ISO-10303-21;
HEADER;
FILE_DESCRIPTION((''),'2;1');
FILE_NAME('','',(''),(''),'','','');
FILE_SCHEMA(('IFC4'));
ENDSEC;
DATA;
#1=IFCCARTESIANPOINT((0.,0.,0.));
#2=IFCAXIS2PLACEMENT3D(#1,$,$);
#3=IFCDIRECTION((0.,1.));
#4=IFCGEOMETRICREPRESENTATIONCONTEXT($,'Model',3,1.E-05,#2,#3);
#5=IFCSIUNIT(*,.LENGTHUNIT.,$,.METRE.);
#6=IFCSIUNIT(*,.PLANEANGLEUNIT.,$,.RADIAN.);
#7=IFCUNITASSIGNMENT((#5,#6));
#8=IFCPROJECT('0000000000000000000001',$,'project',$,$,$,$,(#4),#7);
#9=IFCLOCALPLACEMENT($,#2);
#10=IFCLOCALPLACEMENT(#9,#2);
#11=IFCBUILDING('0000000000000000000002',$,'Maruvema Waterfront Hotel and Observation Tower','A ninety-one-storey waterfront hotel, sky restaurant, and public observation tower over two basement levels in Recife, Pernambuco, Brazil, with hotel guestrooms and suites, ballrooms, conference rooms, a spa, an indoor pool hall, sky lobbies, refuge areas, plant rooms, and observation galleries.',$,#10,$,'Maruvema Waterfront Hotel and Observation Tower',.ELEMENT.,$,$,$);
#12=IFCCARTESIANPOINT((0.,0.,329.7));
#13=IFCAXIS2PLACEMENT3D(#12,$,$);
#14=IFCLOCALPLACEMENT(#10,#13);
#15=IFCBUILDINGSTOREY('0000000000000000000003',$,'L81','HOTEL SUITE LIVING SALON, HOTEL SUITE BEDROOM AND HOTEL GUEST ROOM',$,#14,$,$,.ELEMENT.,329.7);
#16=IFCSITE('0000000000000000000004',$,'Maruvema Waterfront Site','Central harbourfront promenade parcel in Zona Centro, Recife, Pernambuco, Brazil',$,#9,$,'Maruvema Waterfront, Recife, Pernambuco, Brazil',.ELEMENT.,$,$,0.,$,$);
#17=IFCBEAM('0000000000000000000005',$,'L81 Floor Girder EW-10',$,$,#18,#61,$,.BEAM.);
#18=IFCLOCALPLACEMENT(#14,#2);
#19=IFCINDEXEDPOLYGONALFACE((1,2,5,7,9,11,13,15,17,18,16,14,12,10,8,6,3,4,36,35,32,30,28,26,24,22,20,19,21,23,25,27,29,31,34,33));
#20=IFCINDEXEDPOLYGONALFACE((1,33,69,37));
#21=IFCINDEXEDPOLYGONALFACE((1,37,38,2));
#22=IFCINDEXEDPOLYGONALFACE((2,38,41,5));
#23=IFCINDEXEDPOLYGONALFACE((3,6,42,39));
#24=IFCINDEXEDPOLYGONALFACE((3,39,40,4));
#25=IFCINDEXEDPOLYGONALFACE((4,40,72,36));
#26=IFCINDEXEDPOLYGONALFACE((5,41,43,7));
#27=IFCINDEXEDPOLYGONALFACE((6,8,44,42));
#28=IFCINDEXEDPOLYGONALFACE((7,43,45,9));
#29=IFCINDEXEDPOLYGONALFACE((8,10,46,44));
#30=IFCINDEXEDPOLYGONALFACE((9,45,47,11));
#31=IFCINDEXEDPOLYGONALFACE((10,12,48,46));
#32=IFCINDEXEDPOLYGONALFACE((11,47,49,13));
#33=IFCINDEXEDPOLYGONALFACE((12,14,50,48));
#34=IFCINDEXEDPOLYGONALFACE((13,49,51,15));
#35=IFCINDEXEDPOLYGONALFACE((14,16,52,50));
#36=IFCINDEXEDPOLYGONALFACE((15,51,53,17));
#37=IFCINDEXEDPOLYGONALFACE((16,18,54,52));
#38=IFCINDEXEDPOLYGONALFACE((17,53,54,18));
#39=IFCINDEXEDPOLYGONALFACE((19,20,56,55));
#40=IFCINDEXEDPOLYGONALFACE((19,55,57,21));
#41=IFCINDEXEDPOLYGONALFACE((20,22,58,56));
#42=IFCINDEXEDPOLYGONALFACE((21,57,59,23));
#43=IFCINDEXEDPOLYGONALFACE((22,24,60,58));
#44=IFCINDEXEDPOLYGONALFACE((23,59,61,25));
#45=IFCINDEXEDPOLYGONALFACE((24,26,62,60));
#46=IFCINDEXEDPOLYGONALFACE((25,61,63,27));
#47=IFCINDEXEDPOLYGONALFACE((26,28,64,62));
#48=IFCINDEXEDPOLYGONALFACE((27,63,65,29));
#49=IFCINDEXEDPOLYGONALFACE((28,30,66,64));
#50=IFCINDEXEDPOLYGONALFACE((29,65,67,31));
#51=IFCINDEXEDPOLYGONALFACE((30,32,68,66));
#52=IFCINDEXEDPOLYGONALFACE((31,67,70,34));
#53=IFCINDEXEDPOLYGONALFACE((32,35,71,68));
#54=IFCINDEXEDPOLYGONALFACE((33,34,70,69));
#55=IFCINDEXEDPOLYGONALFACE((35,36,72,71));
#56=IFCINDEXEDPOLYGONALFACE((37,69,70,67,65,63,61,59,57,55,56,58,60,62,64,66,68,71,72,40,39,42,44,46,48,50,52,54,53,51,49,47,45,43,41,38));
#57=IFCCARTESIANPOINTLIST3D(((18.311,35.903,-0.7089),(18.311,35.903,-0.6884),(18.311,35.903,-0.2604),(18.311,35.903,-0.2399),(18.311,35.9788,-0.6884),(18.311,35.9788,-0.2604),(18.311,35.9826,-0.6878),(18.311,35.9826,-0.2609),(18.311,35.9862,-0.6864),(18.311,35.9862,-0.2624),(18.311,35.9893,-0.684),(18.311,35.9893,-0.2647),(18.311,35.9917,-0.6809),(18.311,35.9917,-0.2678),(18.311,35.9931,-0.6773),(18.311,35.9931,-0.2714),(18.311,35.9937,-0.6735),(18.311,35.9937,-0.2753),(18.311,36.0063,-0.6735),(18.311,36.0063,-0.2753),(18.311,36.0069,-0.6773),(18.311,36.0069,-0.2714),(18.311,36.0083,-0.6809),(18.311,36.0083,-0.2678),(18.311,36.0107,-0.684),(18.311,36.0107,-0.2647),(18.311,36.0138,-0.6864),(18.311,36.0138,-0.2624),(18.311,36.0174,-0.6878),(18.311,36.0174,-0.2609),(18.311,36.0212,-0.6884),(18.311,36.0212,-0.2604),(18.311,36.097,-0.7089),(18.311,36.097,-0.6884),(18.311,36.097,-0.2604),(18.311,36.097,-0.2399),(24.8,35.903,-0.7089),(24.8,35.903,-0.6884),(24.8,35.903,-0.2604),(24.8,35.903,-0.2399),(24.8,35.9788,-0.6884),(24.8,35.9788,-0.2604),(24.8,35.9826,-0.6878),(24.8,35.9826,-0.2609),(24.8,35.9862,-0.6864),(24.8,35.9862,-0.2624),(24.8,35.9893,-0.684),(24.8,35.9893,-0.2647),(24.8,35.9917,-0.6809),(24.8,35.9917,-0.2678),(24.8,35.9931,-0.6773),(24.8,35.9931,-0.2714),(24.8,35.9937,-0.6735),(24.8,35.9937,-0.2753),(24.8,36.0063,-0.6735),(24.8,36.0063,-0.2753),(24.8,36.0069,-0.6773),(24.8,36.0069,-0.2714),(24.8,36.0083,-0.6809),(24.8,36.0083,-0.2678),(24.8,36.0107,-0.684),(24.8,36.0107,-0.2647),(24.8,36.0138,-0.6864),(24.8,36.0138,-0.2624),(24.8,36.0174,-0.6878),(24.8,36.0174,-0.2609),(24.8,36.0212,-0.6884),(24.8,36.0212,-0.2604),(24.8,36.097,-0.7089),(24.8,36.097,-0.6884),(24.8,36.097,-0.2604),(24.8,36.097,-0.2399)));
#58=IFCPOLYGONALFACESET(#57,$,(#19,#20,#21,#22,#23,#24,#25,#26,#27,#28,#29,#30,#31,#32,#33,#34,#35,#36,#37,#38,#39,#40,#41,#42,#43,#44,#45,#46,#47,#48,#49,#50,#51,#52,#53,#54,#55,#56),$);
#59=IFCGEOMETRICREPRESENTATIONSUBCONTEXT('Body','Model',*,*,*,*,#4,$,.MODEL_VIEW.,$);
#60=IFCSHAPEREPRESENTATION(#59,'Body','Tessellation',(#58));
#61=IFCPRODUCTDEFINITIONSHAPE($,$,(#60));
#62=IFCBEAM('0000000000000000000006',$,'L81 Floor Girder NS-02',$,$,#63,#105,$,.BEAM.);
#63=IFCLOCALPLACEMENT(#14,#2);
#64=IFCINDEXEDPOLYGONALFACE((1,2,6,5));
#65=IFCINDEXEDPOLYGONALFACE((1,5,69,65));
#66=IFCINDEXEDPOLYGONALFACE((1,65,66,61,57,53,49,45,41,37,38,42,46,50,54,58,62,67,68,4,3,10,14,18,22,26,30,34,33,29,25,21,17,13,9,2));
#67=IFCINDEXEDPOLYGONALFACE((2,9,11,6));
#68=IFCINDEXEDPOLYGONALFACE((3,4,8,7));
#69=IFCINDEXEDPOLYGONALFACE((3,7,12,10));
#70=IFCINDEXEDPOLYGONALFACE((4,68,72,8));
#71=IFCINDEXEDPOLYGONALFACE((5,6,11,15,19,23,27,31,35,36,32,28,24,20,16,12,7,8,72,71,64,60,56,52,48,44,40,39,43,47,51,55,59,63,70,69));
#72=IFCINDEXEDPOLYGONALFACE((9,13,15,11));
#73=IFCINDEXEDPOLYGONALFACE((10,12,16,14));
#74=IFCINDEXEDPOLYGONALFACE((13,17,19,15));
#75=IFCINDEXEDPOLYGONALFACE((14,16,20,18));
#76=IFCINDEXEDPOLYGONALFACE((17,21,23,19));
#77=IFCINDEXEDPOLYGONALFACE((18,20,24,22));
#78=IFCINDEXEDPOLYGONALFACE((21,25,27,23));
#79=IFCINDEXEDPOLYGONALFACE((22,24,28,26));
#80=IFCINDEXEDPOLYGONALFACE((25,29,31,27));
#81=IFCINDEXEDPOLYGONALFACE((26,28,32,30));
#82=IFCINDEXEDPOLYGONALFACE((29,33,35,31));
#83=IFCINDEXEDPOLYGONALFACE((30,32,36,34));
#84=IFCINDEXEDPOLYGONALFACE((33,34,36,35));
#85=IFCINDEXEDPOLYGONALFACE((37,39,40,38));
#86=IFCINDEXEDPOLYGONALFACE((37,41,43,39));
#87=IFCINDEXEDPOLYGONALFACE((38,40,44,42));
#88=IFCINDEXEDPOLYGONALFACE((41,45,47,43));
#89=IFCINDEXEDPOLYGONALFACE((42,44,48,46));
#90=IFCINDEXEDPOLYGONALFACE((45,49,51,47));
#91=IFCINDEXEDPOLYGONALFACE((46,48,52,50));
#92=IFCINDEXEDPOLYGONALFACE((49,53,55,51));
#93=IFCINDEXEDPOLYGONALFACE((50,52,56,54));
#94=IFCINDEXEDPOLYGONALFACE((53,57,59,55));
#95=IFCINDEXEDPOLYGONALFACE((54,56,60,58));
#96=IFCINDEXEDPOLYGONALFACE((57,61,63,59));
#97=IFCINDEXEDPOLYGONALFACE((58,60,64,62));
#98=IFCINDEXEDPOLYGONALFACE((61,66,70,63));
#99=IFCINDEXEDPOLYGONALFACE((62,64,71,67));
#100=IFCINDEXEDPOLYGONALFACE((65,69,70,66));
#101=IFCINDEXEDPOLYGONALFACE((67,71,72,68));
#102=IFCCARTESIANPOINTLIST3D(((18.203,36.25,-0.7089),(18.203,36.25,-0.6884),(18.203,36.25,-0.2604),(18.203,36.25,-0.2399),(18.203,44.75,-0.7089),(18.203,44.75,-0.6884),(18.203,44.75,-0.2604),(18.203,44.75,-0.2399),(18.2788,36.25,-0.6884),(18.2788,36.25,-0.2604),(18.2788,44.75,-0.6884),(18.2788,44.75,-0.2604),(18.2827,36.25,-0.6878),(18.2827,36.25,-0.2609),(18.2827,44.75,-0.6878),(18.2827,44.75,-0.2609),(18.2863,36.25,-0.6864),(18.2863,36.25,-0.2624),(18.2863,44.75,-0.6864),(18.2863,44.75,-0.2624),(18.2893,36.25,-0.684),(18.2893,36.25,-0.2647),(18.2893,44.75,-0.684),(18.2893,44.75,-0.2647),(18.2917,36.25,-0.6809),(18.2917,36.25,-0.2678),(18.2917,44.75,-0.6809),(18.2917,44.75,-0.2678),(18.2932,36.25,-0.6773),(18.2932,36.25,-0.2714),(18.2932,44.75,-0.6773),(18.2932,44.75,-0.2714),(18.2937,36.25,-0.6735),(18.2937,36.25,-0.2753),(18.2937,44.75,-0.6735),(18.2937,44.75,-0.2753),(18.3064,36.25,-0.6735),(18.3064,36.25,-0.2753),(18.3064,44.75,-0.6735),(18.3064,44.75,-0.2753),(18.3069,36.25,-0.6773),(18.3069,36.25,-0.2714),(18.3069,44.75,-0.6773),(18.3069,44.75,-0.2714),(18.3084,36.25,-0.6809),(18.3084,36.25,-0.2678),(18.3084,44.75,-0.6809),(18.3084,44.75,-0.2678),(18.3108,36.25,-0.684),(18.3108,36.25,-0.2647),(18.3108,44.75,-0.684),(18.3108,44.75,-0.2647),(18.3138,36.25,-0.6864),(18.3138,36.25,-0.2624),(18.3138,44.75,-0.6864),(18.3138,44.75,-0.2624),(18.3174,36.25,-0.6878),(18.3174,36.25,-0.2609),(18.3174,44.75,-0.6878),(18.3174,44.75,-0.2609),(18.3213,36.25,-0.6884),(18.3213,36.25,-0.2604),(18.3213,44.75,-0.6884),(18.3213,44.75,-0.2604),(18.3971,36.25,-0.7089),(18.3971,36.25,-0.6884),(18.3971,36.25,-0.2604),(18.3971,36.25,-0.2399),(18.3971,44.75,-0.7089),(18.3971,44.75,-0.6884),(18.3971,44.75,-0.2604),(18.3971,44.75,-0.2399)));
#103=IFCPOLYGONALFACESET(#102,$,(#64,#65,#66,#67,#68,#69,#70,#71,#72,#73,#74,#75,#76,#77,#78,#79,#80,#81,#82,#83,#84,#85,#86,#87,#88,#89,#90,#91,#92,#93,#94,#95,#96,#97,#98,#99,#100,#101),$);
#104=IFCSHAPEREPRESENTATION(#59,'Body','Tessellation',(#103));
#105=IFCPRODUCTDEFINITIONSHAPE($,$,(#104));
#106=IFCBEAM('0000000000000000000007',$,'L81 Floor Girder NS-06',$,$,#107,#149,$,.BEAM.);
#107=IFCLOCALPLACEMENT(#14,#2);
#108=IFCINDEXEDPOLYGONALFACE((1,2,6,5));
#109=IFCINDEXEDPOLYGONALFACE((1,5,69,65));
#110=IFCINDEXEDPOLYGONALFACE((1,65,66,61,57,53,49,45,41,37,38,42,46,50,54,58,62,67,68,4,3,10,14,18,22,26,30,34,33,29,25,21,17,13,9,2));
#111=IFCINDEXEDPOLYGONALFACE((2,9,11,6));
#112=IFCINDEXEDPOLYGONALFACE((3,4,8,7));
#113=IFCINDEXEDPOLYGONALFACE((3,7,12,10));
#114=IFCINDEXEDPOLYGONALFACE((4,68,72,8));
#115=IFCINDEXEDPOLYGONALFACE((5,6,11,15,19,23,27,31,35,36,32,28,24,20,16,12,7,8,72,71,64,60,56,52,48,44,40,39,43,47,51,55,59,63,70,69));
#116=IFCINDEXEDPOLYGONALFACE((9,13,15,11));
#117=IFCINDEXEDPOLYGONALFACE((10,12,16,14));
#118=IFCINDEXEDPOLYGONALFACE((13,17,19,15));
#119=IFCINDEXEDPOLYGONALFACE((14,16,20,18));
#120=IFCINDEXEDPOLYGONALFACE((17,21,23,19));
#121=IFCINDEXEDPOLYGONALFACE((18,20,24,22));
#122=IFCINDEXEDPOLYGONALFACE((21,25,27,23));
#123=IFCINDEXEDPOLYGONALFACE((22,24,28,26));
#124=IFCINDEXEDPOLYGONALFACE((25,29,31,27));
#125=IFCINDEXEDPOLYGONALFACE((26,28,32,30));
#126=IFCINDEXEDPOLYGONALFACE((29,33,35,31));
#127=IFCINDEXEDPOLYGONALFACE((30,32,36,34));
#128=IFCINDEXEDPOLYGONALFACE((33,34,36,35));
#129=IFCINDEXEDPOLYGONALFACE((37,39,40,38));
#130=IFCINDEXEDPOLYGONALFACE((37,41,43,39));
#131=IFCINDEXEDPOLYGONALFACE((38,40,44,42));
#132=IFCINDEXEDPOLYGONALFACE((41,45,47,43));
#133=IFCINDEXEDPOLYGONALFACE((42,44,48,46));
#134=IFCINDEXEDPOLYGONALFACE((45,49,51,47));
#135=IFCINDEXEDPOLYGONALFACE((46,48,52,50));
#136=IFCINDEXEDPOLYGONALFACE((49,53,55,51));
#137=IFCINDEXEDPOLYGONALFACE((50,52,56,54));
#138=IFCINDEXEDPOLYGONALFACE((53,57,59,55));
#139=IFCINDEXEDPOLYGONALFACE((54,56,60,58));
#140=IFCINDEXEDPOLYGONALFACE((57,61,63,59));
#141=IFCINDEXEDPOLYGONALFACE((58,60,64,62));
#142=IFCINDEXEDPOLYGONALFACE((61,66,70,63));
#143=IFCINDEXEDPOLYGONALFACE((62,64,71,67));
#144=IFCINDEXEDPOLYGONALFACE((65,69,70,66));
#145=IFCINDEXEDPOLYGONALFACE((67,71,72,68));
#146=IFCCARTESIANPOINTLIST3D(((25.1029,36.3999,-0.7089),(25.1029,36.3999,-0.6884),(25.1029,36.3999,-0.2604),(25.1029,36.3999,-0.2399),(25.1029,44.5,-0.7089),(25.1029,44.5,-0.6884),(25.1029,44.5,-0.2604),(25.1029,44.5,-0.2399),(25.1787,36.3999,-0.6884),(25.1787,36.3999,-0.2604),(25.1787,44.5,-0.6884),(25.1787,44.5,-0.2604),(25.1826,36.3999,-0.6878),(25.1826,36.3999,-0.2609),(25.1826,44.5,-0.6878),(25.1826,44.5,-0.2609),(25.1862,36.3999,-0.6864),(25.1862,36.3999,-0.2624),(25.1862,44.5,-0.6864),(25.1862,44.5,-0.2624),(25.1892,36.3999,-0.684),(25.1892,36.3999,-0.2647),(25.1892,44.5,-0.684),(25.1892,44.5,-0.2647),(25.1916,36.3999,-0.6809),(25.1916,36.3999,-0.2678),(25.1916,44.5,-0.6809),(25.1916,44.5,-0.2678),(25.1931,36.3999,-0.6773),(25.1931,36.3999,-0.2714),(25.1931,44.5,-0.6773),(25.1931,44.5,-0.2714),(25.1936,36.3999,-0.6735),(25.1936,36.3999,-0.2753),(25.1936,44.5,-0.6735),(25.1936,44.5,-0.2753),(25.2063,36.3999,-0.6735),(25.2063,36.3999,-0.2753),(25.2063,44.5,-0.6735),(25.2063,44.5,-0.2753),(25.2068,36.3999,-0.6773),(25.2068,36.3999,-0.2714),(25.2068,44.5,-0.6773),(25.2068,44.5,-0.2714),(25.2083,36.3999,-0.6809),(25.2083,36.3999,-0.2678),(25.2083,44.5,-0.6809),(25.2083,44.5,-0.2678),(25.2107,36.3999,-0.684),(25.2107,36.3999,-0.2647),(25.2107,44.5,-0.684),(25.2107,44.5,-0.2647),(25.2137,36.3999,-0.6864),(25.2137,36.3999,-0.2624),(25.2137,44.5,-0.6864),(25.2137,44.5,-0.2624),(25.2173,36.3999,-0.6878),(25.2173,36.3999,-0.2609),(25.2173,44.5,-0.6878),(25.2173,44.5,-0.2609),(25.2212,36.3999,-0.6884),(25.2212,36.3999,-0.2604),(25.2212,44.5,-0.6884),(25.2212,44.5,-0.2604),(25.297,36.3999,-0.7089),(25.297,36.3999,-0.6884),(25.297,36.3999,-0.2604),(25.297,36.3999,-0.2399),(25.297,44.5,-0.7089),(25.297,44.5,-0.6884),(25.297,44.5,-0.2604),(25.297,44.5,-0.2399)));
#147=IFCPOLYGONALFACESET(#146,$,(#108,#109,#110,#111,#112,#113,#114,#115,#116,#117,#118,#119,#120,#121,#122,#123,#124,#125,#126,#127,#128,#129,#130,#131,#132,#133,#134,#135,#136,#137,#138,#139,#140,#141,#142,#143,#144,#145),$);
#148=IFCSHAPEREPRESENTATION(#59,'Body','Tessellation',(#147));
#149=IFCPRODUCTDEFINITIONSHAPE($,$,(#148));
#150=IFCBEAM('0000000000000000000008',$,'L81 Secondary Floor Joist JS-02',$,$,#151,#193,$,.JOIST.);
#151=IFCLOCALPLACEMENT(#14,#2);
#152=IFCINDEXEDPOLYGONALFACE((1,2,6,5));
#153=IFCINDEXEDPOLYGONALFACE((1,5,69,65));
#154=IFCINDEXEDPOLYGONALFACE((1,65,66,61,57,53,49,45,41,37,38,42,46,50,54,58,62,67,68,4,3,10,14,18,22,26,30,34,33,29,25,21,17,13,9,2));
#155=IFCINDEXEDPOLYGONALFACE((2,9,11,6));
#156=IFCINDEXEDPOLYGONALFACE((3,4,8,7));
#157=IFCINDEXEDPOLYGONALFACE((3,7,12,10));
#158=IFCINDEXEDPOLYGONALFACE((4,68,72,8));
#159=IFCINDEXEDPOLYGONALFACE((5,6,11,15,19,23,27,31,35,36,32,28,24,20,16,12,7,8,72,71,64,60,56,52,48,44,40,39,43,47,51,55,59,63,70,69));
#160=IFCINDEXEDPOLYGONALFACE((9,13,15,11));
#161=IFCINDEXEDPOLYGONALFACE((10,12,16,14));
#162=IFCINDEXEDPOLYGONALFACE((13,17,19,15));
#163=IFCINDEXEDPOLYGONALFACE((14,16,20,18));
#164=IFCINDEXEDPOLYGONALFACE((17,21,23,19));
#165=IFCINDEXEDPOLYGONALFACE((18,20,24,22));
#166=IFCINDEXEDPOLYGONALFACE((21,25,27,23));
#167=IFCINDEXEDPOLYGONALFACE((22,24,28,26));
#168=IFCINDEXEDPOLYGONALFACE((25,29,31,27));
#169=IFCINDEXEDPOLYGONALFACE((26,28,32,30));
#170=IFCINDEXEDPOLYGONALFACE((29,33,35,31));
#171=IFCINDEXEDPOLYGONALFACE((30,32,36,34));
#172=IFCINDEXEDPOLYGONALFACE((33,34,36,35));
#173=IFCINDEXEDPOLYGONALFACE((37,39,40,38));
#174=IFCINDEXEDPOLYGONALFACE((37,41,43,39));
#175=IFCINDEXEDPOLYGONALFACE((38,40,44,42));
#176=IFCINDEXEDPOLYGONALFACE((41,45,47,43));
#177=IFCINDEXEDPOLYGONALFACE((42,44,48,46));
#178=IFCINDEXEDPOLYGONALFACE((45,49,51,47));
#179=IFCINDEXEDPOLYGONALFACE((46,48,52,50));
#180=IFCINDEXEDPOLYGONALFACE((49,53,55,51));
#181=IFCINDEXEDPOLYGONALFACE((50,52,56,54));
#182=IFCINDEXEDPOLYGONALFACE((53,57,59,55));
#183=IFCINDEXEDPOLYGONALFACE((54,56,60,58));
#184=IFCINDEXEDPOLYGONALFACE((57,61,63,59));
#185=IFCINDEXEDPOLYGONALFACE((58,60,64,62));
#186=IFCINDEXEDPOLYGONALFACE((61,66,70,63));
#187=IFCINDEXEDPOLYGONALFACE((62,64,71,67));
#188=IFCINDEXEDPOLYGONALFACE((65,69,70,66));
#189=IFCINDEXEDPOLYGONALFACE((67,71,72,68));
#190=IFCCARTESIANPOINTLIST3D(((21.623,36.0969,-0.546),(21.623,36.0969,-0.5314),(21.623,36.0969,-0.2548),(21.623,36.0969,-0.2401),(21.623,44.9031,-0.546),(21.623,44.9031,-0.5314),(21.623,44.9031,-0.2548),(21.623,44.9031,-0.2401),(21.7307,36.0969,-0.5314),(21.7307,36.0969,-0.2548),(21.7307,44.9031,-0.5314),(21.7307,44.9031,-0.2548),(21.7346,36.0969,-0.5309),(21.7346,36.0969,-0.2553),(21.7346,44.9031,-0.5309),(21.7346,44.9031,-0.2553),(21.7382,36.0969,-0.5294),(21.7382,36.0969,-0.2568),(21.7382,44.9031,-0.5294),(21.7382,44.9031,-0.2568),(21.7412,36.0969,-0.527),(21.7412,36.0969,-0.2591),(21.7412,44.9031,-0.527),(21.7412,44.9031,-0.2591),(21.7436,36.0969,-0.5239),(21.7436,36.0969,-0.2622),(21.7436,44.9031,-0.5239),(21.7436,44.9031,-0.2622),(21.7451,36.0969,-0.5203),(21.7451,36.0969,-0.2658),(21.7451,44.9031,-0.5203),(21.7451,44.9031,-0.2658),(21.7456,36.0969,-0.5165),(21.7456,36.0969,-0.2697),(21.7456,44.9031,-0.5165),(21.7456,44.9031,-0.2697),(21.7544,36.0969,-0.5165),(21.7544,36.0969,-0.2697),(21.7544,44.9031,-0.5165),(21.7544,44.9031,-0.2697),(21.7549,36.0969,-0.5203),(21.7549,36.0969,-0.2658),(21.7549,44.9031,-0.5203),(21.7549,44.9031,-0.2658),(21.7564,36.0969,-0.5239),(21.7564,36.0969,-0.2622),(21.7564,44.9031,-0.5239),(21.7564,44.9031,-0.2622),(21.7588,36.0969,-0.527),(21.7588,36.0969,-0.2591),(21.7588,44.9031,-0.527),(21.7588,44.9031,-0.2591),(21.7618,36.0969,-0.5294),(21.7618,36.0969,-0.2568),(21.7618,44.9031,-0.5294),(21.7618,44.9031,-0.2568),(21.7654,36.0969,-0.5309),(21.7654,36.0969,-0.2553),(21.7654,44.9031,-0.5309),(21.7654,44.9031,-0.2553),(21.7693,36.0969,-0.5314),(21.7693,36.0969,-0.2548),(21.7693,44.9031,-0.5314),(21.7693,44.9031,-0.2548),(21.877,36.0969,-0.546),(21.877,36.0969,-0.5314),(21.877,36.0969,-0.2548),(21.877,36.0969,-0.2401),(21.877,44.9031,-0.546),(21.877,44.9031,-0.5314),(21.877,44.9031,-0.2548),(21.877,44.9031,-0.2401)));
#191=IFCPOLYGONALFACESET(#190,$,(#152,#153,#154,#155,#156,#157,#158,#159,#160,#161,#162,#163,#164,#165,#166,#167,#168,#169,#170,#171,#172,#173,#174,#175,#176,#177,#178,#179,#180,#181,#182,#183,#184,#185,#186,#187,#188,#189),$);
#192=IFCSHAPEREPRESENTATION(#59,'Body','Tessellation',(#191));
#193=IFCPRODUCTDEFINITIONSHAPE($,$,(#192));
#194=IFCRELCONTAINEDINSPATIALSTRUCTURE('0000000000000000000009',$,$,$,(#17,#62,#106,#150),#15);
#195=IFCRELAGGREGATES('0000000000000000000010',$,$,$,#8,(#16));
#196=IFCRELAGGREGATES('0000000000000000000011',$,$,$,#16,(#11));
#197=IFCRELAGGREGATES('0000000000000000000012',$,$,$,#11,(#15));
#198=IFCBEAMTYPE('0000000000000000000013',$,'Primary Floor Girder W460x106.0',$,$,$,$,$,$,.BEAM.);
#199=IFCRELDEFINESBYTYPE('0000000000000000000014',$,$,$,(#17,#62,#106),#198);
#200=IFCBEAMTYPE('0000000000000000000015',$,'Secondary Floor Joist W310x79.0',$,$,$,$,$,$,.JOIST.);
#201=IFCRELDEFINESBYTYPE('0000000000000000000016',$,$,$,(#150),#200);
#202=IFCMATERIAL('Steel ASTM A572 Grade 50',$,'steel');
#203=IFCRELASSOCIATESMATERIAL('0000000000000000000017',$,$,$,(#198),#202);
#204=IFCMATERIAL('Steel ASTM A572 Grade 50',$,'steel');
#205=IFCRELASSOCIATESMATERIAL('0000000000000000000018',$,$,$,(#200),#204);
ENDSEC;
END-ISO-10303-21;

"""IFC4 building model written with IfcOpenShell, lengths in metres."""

from ifc_helpers import new_model, si_unit, direction, frame, origin, origin_2d, place, context, subcontext, project, spatial, i_section, extrude, material, material_profile, profile_set, type_object, element, save


model = new_model("IFC4")

# Units and contexts
model_context = context("Model", 3, precision=1e-05, world=origin(), true_north=direction((0.0, 1.0)))
body_context = subcontext(model_context, "Body", "Model", "MODEL_VIEW")
ifc_project = project(units=[si_unit("LENGTHUNIT", "METRE"), si_unit("PLANEANGLEUNIT", "RADIAN")], contexts=[model_context])

# Site, building, storey
site_placement = place(None, origin())
site = spatial("IfcSite", under=ifc_project, at=site_placement, Name="Maruvema Waterfront Site", Description="Central harbourfront promenade parcel in Zona Centro, Recife, Pernambuco, Brazil", LongName="Maruvema Waterfront, Recife, Pernambuco, Brazil", CompositionType="ELEMENT", RefElevation=0.0)
building_placement = place(site_placement, origin())
building = spatial("IfcBuilding", under=site, at=building_placement, Name="Maruvema Waterfront Hotel and Observation Tower", Description="A ninety-one-storey waterfront hotel, sky restaurant, and public observation tower over two basement levels in Recife, Pernambuco, Brazil, with hotel guestrooms and suites, ballrooms, conference rooms, a spa, an indoor pool hall, sky lobbies, refuge areas, plant rooms, and observation galleries.", LongName="Maruvema Waterfront Hotel and Observation Tower", CompositionType="ELEMENT")
storey_placement = place(building_placement, frame((0.0, 0.0, 329.7)))
storey = spatial("IfcBuildingStorey", under=building, at=storey_placement, Name="L81", Description="HOTEL SUITE LIVING SALON, HOTEL SUITE BEDROOM AND HOTEL GUEST ROOM", CompositionType="ELEMENT", Elevation=329.7)

# Beams
ifc_material_1 = material(Name="Steel ASTM A572 Grade 50", Category="steel")
ifc_material_profile_1 = material_profile(ifc_material_1, i_section(OverallWidth=0.1941, OverallDepth=0.469, WebThickness=0.0127, FlangeThickness=0.0205, FilletRadius=0.0149, at=origin_2d()), Name="W460x106.0")
ifc_profile_set_1 = profile_set([ifc_material_profile_1], Name="Steel ASTM A572 Grade 50")
beam_type_1 = type_object("IfcBeamType", Name="Primary Floor Girder W460x106.0", PredefinedType="BEAM", material=ifc_profile_set_1)
beam_1_placement = place(storey_placement, frame((18.311, 36.0, -0.4744), z_axis=(1.0, 0.0, 0.0), x_axis=(0.0, 1.0, 0.0)))
element("IfcBeam", 1, at=beam_1_placement, inside=storey, type_object=beam_type_1, Name="L81 Floor Girder EW-10", PredefinedType="BEAM", context=body_context, shape_type="SweptSolid", body=[
    extrude(i_section(OverallWidth=0.1941, OverallDepth=0.469, WebThickness=0.0127, FlangeThickness=0.0205, FilletRadius=0.0149, at=origin_2d()), origin(), (0.0, 0.0, 1.0), 6.489),
])
beam_2_placement = place(storey_placement, frame((18.3, 36.25, -0.4744), z_axis=(0.0, 1.0, 0.0), x_axis=(-1.0, 0.0, 0.0)))
element("IfcBeam", 2, at=beam_2_placement, inside=storey, type_object=beam_type_1, Name="L81 Floor Girder NS-02", PredefinedType="BEAM", context=body_context, shape_type="SweptSolid", body=[
    extrude(i_section(OverallWidth=0.1941, OverallDepth=0.469, WebThickness=0.0127, FlangeThickness=0.0205, FilletRadius=0.0149, at=origin_2d()), origin(), (0.0, 0.0, 1.0), 8.5),
])
beam_3_placement = place(storey_placement, frame((25.2, 36.3999, -0.4744), z_axis=(0.0, 1.0, 0.0), x_axis=(-1.0, 0.0, 0.0)))
element("IfcBeam", 3, at=beam_3_placement, inside=storey, type_object=beam_type_1, Name="L81 Floor Girder NS-06", PredefinedType="BEAM", context=body_context, shape_type="SweptSolid", body=[
    extrude(i_section(OverallWidth=0.1941, OverallDepth=0.469, WebThickness=0.0127, FlangeThickness=0.0205, FilletRadius=0.0149, at=origin_2d()), origin(), (0.0, 0.0, 1.0), 8.1001),
])
ifc_material_2 = material(Name="Steel ASTM A572 Grade 50", Category="steel")
ifc_material_profile_2 = material_profile(ifc_material_2, i_section(OverallWidth=0.2539, OverallDepth=0.3059, WebThickness=0.0088, FlangeThickness=0.0146, FilletRadius=0.0149, at=origin_2d()), Name="W310x79.0")
ifc_profile_set_2 = profile_set([ifc_material_profile_2], Name="Steel ASTM A572 Grade 50")
beam_type_2 = type_object("IfcBeamType", Name="Secondary Floor Joist W310x79.0", PredefinedType="JOIST", material=ifc_profile_set_2)
beam_4_placement = place(storey_placement, frame((21.75, 36.0969, -0.3931), z_axis=(0.0, 1.0, 0.0), x_axis=(-1.0, 0.0, 0.0)))
element("IfcBeam", 4, at=beam_4_placement, inside=storey, type_object=beam_type_2, Name="L81 Secondary Floor Joist JS-02", PredefinedType="JOIST", context=body_context, shape_type="SweptSolid", body=[
    extrude(i_section(OverallWidth=0.2539, OverallDepth=0.3059, WebThickness=0.0088, FlangeThickness=0.0146, FilletRadius=0.0149, at=origin_2d()), origin(), (0.0, 0.0, 1.0), 8.8062),
])

save(model, "model.ifc")
